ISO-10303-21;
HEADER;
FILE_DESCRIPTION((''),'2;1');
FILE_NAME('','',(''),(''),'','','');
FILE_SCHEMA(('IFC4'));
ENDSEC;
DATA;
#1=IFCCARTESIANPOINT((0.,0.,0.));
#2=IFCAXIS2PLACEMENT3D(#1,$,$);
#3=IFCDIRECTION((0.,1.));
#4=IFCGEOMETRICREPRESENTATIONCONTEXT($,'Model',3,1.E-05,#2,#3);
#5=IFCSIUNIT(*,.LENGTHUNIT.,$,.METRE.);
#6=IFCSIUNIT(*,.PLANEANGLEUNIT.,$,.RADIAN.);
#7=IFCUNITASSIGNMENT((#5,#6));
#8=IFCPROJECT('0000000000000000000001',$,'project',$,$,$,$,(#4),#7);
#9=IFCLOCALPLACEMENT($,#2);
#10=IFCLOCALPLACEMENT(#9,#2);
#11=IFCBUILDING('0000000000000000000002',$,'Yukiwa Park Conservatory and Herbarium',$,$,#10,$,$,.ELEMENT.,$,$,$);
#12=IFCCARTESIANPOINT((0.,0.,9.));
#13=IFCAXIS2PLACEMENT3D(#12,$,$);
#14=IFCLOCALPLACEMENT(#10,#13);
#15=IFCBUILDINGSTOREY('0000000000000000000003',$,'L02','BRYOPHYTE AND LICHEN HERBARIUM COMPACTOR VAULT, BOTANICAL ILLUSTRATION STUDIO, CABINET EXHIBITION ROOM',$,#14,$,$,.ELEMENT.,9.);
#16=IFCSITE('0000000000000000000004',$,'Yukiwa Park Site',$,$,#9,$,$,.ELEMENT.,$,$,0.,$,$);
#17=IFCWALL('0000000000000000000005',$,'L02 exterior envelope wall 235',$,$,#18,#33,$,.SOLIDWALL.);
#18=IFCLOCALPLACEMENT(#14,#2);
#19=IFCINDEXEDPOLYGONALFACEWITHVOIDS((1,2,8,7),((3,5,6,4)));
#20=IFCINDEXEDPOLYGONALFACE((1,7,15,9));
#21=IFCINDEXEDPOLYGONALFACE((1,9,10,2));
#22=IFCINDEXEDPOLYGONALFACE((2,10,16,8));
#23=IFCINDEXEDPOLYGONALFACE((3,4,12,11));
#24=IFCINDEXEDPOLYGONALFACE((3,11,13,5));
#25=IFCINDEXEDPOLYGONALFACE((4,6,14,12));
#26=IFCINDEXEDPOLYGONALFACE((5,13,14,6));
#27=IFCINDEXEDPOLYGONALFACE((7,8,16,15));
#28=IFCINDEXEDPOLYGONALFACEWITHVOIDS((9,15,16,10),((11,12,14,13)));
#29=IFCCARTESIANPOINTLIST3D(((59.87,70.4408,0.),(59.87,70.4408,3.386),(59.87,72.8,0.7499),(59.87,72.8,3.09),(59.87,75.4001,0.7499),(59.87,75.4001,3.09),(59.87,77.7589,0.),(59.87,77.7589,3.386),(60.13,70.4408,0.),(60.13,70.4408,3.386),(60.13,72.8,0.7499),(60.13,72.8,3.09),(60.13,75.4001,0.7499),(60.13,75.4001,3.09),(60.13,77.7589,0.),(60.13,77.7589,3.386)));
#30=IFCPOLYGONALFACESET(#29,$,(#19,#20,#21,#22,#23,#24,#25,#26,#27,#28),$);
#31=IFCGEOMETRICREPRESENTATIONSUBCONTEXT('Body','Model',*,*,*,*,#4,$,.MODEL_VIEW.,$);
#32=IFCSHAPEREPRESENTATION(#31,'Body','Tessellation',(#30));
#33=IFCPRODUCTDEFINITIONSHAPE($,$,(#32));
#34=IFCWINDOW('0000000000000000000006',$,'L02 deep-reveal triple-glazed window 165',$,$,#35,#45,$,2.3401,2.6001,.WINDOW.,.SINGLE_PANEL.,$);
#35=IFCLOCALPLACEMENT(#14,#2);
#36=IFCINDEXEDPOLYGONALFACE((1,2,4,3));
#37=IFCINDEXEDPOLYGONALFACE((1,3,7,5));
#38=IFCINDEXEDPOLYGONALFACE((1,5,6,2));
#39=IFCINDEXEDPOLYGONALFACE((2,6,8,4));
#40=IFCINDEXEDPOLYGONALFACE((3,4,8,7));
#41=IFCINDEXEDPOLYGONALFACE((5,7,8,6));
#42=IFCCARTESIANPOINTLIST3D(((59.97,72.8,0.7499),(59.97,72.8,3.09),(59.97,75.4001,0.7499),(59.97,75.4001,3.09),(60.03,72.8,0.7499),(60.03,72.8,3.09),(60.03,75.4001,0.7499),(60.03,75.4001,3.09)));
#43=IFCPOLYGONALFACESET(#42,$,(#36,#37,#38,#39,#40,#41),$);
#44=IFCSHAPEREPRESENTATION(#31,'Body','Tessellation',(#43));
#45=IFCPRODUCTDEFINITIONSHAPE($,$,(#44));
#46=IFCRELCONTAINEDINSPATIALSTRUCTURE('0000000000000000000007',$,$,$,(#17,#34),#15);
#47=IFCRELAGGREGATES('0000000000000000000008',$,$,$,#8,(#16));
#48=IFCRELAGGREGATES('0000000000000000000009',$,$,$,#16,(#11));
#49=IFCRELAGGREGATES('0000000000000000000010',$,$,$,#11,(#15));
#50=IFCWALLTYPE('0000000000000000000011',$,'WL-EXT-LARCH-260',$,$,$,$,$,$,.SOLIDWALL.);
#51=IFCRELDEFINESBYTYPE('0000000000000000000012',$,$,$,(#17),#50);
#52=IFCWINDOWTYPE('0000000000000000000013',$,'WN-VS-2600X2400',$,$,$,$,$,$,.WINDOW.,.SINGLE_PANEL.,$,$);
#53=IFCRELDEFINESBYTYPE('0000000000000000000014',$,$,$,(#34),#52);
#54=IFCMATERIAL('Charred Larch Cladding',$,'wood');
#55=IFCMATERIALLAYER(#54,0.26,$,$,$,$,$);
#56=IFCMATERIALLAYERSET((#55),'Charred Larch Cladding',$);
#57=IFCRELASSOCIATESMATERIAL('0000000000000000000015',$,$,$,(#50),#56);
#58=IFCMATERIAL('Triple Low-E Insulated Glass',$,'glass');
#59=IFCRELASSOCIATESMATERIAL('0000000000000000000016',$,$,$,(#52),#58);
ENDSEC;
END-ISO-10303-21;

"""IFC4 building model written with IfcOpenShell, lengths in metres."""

from ifc_helpers import new_model, si_unit, direction, frame, frame_2d, origin, place, context, subcontext, project, spatial, rectangle, extrude, material, layer, layer_set, type_object, element, fill, save


model = new_model("IFC4")

# Units and contexts
model_context = context("Model", 3, precision=1e-05, world=origin(), true_north=direction((0.0, 1.0)))
body_context = subcontext(model_context, "Body", "Model", "MODEL_VIEW")
ifc_project = project(units=[si_unit("LENGTHUNIT", "METRE"), si_unit("PLANEANGLEUNIT", "RADIAN")], contexts=[model_context])

# Site, building, storey
site_placement = place(None, origin())
site = spatial("IfcSite", under=ifc_project, at=site_placement, Name="Yukiwa Park Site", CompositionType="ELEMENT", RefElevation=0.0)
building_placement = place(site_placement, origin())
building = spatial("IfcBuilding", under=site, at=building_placement, Name="Yukiwa Park Conservatory and Herbarium", CompositionType="ELEMENT")
storey_placement = place(building_placement, frame((0.0, 0.0, 9.0)))
storey = spatial("IfcBuildingStorey", under=building, at=storey_placement, Name="L02", Description="BRYOPHYTE AND LICHEN HERBARIUM COMPACTOR VAULT, BOTANICAL ILLUSTRATION STUDIO, CABINET EXHIBITION ROOM", CompositionType="ELEMENT", Elevation=9.0)

# Wall, opening, window
ifc_material_1 = material(Name="Charred Larch Cladding", Category="wood")
ifc_layer_1 = layer(ifc_material_1, 0.26)
ifc_layer_set_1 = layer_set([ifc_layer_1], Name="Charred Larch Cladding")
wall_type = type_object("IfcWallType", Name="WL-EXT-LARCH-260", PredefinedType="SOLIDWALL", material=ifc_layer_set_1)
wall_placement = place(storey_placement, frame((60.0, 77.759, 0.0), z_axis=(0.0, 0.0, 1.0), x_axis=(0.0, -1.0, 0.0)))
wall = element("IfcWall", 1, at=wall_placement, inside=storey, type_object=wall_type, Name="L02 exterior envelope wall 235", PredefinedType="SOLIDWALL", context=body_context, shape_type="SweptSolid", body=[
    extrude(rectangle(XDim=7.3181, YDim=0.26, at=frame_2d((3.6592, 0.0))), origin(), (0.0, 0.0, 1.0), 3.386),
])
opening_placement = place(wall_placement, frame((2.3589, 0.0, 0.75)))
opening = element("IfcOpeningElement", 2, at=opening_placement, cuts=wall, PredefinedType="OPENING", context=body_context, shape_type="SweptSolid", body=[
    extrude(rectangle(XDim=2.6001, YDim=2.3401, at=frame_2d((1.3, 1.1699))), frame((0.0, 0.1401, 0.0), z_axis=(0.0, -1.0, 0.0), x_axis=(1.0, 0.0, 0.0)), (0.0, 0.0, 1.0), 0.28),
])
ifc_material_2 = material(Name="Triple Low-E Insulated Glass", Category="glass")
window_type = type_object("IfcWindowType", Name="WN-VS-2600X2400", PartitioningType="SINGLE_PANEL", PredefinedType="WINDOW", material=ifc_material_2)
window_placement = place(opening_placement, origin())
window = element("IfcWindow", 3, at=window_placement, inside=storey, type_object=window_type, Name="L02 deep-reveal triple-glazed window 165", OverallHeight=2.3401, OverallWidth=2.6001, PartitioningType="SINGLE_PANEL", PredefinedType="WINDOW", context=body_context, shape_type="SweptSolid", body=[
    extrude(rectangle(XDim=2.6001, YDim=2.3401, at=frame_2d((1.3, 1.1699))), frame((0.0, 0.03, 0.0), z_axis=(0.0, -1.0, 0.0), x_axis=(1.0, 0.0, 0.0)), (0.0, 0.0, 1.0), 0.0601),
])
fill(opening, window)

save(model, "model.ifc")
